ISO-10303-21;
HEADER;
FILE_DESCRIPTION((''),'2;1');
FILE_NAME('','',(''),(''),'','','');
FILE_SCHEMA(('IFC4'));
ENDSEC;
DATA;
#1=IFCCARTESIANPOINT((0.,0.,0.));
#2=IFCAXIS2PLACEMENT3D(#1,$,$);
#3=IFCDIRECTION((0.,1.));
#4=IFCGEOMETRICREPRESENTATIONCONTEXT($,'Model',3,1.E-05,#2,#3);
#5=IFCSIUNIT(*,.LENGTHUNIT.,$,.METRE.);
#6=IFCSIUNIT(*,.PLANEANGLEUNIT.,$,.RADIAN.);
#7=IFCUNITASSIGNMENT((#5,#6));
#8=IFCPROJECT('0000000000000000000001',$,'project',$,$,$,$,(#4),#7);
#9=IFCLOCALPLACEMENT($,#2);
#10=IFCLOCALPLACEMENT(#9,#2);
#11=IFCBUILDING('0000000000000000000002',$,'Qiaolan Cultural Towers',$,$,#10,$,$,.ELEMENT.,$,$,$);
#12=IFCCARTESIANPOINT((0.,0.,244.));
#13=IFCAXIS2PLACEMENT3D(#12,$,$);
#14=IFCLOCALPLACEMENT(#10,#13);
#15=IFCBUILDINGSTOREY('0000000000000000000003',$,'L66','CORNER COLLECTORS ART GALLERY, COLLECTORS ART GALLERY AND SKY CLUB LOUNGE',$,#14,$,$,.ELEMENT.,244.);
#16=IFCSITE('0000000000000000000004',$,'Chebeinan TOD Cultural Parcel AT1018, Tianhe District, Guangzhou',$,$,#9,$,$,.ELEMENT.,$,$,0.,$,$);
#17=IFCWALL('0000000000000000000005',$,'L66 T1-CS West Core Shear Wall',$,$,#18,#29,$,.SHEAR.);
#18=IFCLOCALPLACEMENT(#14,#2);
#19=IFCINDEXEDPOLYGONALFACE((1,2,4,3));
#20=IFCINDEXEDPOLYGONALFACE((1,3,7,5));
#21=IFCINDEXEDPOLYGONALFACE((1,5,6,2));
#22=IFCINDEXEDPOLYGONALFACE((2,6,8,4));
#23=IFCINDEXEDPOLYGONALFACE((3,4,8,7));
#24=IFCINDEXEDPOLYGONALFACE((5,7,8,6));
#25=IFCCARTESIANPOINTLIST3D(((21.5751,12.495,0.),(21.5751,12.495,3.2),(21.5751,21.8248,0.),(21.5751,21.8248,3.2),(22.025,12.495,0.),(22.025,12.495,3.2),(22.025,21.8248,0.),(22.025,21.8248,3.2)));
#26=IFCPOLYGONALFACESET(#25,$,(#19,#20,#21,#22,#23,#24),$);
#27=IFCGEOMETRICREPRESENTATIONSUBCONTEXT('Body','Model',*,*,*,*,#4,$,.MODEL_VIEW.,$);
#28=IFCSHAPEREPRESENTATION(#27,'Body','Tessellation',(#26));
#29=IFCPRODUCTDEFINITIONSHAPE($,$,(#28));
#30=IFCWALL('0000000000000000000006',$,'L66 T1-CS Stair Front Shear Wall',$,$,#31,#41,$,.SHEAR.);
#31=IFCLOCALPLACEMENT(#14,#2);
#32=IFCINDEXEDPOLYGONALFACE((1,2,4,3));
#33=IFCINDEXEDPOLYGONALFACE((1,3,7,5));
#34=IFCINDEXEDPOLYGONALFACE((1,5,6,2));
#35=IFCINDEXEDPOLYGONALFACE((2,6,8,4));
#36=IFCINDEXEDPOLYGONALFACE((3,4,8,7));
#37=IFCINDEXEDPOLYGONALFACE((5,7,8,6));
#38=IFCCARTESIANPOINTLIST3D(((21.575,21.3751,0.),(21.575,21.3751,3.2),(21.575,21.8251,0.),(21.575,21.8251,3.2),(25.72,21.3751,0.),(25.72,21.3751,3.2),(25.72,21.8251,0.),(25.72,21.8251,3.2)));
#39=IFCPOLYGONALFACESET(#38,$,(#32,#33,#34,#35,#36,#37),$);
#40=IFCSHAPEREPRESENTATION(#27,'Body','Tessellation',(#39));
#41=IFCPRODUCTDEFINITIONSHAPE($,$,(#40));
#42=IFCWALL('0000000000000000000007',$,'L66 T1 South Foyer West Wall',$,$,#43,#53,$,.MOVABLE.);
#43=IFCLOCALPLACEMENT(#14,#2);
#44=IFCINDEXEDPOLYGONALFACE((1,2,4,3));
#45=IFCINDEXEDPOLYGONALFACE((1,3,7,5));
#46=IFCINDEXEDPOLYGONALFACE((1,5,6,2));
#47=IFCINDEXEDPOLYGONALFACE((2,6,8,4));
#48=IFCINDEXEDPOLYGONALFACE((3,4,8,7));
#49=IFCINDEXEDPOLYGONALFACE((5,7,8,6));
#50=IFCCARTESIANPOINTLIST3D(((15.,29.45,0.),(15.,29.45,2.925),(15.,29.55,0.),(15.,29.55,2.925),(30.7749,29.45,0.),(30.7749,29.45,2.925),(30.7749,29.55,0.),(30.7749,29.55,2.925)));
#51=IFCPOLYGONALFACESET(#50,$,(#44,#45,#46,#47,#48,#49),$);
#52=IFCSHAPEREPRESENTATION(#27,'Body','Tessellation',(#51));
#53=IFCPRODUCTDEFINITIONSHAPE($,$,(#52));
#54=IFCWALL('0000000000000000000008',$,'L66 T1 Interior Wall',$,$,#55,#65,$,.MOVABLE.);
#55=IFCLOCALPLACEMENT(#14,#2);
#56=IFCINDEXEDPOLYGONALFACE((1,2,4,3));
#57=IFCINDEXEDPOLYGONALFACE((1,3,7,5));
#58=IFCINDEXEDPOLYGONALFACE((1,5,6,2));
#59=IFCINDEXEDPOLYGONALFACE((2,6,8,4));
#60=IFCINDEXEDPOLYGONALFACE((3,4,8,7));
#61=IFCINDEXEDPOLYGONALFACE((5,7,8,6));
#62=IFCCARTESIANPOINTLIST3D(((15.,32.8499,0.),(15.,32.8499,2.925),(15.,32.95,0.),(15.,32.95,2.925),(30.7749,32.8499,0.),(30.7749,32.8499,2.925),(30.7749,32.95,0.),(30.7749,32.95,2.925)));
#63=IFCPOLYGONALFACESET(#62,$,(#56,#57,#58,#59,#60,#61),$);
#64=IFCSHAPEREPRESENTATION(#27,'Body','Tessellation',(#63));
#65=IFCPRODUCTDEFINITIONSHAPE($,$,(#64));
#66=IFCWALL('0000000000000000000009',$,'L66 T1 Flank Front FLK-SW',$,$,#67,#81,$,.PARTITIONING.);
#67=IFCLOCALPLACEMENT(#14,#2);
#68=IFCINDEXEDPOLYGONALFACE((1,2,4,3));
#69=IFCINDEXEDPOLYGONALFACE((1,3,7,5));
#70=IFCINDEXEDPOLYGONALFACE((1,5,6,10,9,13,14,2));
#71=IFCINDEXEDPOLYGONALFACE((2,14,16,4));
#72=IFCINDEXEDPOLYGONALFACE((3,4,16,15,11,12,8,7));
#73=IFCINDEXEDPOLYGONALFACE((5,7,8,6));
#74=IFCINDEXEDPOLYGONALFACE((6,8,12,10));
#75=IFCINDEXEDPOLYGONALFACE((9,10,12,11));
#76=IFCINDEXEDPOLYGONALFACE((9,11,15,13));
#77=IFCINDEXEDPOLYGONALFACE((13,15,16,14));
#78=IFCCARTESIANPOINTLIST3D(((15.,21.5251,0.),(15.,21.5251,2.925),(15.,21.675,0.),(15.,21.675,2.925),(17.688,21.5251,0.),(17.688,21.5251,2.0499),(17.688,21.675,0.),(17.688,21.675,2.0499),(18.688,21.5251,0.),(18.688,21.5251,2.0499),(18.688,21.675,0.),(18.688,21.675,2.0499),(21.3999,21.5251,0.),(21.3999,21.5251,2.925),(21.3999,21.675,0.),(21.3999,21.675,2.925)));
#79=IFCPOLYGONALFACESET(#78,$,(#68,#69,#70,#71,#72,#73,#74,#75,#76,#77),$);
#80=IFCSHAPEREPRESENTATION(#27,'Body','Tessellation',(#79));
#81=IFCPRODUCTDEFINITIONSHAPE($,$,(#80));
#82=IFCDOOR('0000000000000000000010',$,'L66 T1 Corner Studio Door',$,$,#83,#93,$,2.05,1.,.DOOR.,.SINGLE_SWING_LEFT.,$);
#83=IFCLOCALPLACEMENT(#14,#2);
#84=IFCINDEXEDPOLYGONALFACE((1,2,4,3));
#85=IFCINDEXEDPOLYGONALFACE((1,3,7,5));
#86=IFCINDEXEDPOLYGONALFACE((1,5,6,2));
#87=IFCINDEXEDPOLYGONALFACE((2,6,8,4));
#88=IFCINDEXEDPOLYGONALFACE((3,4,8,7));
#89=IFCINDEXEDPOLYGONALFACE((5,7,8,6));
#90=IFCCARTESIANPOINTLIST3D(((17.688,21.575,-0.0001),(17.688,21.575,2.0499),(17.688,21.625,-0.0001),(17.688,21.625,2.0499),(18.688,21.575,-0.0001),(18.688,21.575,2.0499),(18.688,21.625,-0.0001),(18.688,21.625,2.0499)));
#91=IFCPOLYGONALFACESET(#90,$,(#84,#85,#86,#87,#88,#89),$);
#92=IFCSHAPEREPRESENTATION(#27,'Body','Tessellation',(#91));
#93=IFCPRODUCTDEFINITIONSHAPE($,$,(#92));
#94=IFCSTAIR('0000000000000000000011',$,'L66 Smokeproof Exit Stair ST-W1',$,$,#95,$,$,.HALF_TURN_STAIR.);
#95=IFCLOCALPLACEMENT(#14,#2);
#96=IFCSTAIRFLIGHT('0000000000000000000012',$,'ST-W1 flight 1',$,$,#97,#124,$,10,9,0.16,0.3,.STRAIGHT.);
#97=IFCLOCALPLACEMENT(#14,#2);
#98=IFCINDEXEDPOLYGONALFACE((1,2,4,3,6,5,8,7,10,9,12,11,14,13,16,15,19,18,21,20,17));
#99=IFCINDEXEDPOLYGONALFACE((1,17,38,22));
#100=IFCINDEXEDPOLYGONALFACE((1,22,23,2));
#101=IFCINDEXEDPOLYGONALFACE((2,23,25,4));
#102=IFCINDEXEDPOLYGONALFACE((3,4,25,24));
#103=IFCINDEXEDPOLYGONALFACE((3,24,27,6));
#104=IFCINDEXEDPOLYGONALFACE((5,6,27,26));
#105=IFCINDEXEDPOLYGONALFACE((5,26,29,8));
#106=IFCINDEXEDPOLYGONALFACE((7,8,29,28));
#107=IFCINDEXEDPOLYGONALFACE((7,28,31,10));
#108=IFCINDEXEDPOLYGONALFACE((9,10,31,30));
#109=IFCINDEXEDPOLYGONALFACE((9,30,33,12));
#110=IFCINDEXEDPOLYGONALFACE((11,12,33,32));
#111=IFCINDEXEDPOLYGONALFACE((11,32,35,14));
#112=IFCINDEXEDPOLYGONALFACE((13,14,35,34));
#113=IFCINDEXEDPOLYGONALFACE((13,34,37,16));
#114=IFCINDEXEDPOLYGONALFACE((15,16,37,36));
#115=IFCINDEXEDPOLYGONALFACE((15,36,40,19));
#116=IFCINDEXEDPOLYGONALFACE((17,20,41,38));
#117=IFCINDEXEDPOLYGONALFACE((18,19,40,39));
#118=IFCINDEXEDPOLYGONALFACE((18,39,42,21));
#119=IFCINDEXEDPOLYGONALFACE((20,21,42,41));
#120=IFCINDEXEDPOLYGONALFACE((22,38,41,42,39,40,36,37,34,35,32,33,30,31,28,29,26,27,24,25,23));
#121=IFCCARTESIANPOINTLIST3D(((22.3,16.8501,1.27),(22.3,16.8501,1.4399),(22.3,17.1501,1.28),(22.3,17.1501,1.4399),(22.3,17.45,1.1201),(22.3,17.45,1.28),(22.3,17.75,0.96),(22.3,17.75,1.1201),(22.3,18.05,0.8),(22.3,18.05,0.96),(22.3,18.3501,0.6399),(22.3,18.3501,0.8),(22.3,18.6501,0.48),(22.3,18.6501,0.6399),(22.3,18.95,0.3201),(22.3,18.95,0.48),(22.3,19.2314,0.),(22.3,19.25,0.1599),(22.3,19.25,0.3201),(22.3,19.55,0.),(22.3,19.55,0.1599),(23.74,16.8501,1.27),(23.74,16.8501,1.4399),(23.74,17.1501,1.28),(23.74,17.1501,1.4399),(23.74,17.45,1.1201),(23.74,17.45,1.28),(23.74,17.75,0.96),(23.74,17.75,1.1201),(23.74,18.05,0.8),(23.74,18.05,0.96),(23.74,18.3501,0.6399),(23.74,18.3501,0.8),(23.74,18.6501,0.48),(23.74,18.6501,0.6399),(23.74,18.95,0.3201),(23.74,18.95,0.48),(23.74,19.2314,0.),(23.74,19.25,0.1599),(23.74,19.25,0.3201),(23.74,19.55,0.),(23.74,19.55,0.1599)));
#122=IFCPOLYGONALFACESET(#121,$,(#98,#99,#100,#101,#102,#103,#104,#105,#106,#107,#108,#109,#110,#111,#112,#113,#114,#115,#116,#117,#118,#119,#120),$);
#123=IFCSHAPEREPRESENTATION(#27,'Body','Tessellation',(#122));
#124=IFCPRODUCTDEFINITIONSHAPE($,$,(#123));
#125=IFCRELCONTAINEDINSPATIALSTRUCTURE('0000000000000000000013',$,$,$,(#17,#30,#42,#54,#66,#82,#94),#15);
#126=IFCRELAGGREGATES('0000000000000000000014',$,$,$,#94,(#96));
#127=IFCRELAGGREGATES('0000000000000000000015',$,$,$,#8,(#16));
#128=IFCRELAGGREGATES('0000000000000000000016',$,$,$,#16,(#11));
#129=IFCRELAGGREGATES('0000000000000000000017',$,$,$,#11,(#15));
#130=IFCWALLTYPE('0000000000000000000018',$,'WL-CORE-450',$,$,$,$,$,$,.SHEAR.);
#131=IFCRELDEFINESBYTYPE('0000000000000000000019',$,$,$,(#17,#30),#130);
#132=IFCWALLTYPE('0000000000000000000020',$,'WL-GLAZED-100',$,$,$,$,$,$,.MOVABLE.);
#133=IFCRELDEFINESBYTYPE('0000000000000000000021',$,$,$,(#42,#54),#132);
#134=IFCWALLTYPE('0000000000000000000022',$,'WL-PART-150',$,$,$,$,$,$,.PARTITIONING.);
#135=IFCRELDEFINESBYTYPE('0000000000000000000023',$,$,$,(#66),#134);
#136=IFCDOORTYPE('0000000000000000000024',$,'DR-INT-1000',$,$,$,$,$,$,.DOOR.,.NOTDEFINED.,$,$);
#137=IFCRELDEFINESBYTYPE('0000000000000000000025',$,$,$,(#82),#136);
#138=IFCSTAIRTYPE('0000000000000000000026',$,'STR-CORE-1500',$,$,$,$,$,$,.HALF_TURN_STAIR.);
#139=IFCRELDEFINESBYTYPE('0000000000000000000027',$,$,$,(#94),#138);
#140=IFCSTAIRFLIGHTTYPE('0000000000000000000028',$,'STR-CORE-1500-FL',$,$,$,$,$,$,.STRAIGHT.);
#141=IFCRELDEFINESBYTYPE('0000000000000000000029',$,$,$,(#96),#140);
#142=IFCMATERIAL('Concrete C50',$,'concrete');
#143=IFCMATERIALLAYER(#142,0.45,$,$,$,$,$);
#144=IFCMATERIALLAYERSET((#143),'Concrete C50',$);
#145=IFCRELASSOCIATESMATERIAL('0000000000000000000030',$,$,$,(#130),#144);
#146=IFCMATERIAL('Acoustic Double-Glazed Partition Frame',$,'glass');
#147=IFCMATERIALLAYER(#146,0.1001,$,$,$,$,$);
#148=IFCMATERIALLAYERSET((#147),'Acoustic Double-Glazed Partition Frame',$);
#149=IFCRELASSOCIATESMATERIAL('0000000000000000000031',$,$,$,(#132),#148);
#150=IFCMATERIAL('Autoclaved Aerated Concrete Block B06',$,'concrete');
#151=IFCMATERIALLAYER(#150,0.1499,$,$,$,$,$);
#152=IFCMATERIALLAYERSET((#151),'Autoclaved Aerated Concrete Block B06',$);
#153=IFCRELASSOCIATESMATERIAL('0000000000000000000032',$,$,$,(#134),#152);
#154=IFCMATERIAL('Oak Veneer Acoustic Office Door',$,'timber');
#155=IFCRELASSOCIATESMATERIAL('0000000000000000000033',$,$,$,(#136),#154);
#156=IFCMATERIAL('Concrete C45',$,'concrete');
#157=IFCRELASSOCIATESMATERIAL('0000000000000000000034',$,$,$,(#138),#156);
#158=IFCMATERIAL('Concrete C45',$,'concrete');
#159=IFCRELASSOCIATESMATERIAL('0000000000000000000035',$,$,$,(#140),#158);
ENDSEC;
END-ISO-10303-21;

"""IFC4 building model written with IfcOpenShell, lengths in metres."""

from ifc_helpers import new_model, si_unit, direction, frame, frame_2d, origin, place, context, subcontext, project, spatial, polyline, rectangle, outline, extrude, material, layer, layer_set, type_object, element, fill, aggregate, save


model = new_model("IFC4")

# Units and contexts
model_context = context("Model", 3, precision=1e-05, world=origin(), true_north=direction((0.0, 1.0)))
body_context = subcontext(model_context, "Body", "Model", "MODEL_VIEW")
ifc_project = project(units=[si_unit("LENGTHUNIT", "METRE"), si_unit("PLANEANGLEUNIT", "RADIAN")], contexts=[model_context])

# Site, building, storey
site_placement = place(None, origin())
site = spatial("IfcSite", under=ifc_project, at=site_placement, Name="Chebeinan TOD Cultural Parcel AT1018, Tianhe District, Guangzhou", CompositionType="ELEMENT", RefElevation=0.0)
building_placement = place(site_placement, origin())
building = spatial("IfcBuilding", under=site, at=building_placement, Name="Qiaolan Cultural Towers", CompositionType="ELEMENT")
storey_placement = place(building_placement, frame((0.0, 0.0, 244.0)))
storey = spatial("IfcBuildingStorey", under=building, at=storey_placement, Name="L66", Description="CORNER COLLECTORS ART GALLERY, COLLECTORS ART GALLERY AND SKY CLUB LOUNGE", CompositionType="ELEMENT", Elevation=244.0)

# Walls
ifc_material_1 = material(Name="Concrete C50", Category="concrete")
ifc_layer_1 = layer(ifc_material_1, 0.45)
ifc_layer_set_1 = layer_set([ifc_layer_1], Name="Concrete C50")
wall_type_1 = type_object("IfcWallType", Name="WL-CORE-450", PredefinedType="SHEAR", material=ifc_layer_set_1)
wall_1_placement = place(storey_placement, frame((21.8, 21.825, 0.0), z_axis=(0.0, 0.0, 1.0), x_axis=(0.0, -1.0, 0.0)))
element("IfcWall", 1, at=wall_1_placement, inside=storey, type_object=wall_type_1, Name="L66 T1-CS West Core Shear Wall", PredefinedType="SHEAR", context=body_context, shape_type="SweptSolid", body=[
    extrude(rectangle(XDim=9.3298, YDim=0.45, at=frame_2d((4.665, 0.0))), origin(), (0.0, 0.0, 1.0), 3.2),
])
wall_2_placement = place(storey_placement, frame((21.575, 21.6001, 0.0), z_axis=(0.0, 0.0, 1.0), x_axis=(1.0, 0.0, 0.0)))
element("IfcWall", 2, at=wall_2_placement, inside=storey, type_object=wall_type_1, Name="L66 T1-CS Stair Front Shear Wall", PredefinedType="SHEAR", context=body_context, shape_type="SweptSolid", body=[
    extrude(rectangle(XDim=4.145, YDim=0.45, at=frame_2d((2.0725, 0.0))), origin(), (0.0, 0.0, 1.0), 3.2),
])
ifc_material_2 = material(Name="Acoustic Double-Glazed Partition Frame", Category="glass")
ifc_layer_2 = layer(ifc_material_2, 0.1001)
ifc_layer_set_2 = layer_set([ifc_layer_2], Name="Acoustic Double-Glazed Partition Frame")
wall_type_2 = type_object("IfcWallType", Name="WL-GLAZED-100", PredefinedType="MOVABLE", material=ifc_layer_set_2)
for number, where, z_axis, x_axis, name in (
    (3, (15.0, 29.5, 0.0), (0.0, 0.0, 1.0), (1.0, 0.0, 0.0), "L66 T1 South Foyer West Wall"),
    (4, (15.0, 32.8999, 0.0), (0.0, 0.0, 1.0), (1.0, 0.0, 0.0), "L66 T1 Interior Wall"),
):
    element("IfcWall", number, at=place(storey_placement, frame(where, z_axis=z_axis, x_axis=x_axis)), inside=storey, type_object=wall_type_2, Name=name, PredefinedType="MOVABLE", context=body_context, shape_type="SweptSolid", body=[
        extrude(rectangle(XDim=15.7749, YDim=0.1001, at=frame_2d((7.8875, 0.0))), origin(), (0.0, 0.0, 1.0), 2.925),
    ])

# Wall, opening, door
ifc_material_3 = material(Name="Autoclaved Aerated Concrete Block B06", Category="concrete")
ifc_layer_3 = layer(ifc_material_3, 0.1499)
ifc_layer_set_3 = layer_set([ifc_layer_3], Name="Autoclaved Aerated Concrete Block B06")
wall_type_3 = type_object("IfcWallType", Name="WL-PART-150", PredefinedType="PARTITIONING", material=ifc_layer_set_3)
wall_3_placement = place(storey_placement, frame((15.0, 21.6001, 0.0), z_axis=(0.0, 0.0, 1.0), x_axis=(1.0, 0.0, 0.0)))
wall_3 = element("IfcWall", 5, at=wall_3_placement, inside=storey, type_object=wall_type_3, Name="L66 T1 Flank Front FLK-SW", PredefinedType="PARTITIONING", context=body_context, shape_type="SweptSolid", body=[
    extrude(rectangle(XDim=6.3999, YDim=0.1499, at=frame_2d((3.2, 0.0))), origin(), (0.0, 0.0, 1.0), 2.925),
])
opening_placement = place(wall_3_placement, frame((2.688, 0.0, 0.0)))
opening = element("IfcOpeningElement", 6, at=opening_placement, cuts=wall_3, PredefinedType="OPENING", context=body_context, shape_type="SweptSolid", body=[
    extrude(rectangle(XDim=1.0, YDim=2.05, at=frame_2d((0.5, 1.0249))), frame((0.0, 0.085, 0.0), z_axis=(0.0, -1.0, 0.0), x_axis=(1.0, 0.0, 0.0)), (0.0, 0.0, 1.0), 0.1699),
])
ifc_material_4 = material(Name="Oak Veneer Acoustic Office Door", Category="timber")
door_type = type_object("IfcDoorType", Name="DR-INT-1000", OperationType="NOTDEFINED", PredefinedType="DOOR", material=ifc_material_4)
door_placement = place(opening_placement, origin())
door = element("IfcDoor", 7, at=door_placement, inside=storey, type_object=door_type, Name="L66 T1 Corner Studio Door", OperationType="SINGLE_SWING_LEFT", OverallHeight=2.05, OverallWidth=1.0, PredefinedType="DOOR", context=body_context, shape_type="SweptSolid", body=[
    extrude(rectangle(XDim=1.0, YDim=2.05, at=frame_2d((0.5, 1.0249))), frame((0.0, 0.0249, 0.0), z_axis=(0.0, -1.0, 0.0), x_axis=(1.0, 0.0, 0.0)), (0.0, 0.0, 1.0), 0.05),
])
fill(opening, door)

# Stair, stair flight
ifc_material_5 = material(Name="Concrete C45", Category="concrete")
stair_type = type_object("IfcStairType", Name="STR-CORE-1500", PredefinedType="HALF_TURN_STAIR", material=ifc_material_5)
stair_placement = place(storey_placement, origin())
stair = element("IfcStair", 8, at=stair_placement, inside=storey, type_object=stair_type, Name="L66 Smokeproof Exit Stair ST-W1", PredefinedType="HALF_TURN_STAIR")
ifc_material_6 = material(Name="Concrete C45", Category="concrete")
stair_flight_type = type_object("IfcStairFlightType", Name="STR-CORE-1500-FL", PredefinedType="STRAIGHT", material=ifc_material_6)
stair_flight_placement = place(storey_placement, frame((23.02, 19.55, 0.0), z_axis=(0.0, 0.0, 1.0), x_axis=(0.0, -1.0, 0.0)))
stair_flight = element("IfcStairFlight", 9, at=stair_flight_placement, type_object=stair_flight_type, Name="ST-W1 flight 1", NumberOfRisers=10, NumberOfTreads=9, PredefinedType="STRAIGHT", RiserHeight=0.16, TreadLength=0.3, context=body_context, shape_type="SweptSolid", body=[
    extrude(outline(polyline([(0.0, 0.0), (0.0, 0.1599), (0.3, 0.1599), (0.3, 0.3201), (0.6001, 0.3201), (0.6001, 0.48), (0.8999, 0.48), (0.8999, 0.6399), (1.2, 0.6399), (1.2, 0.8), (1.5, 0.8), (1.5, 0.96), (1.8, 0.96), (1.8, 1.1201), (2.1001, 1.1201), (2.1001, 1.28), (2.3999, 1.28), (2.3999, 1.4399), (2.7, 1.4399), (2.7, 1.6001), (2.7, 1.27), (0.3186, 0.0), (0.0, 0.0)])), frame((0.0, 0.72, 0.0), z_axis=(0.0, -1.0, 0.0), x_axis=(1.0, 0.0, 0.0)), (0.0, 0.0, 1.0), 1.4399),
])
aggregate(stair, [stair_flight])

save(model, "model.ifc")
